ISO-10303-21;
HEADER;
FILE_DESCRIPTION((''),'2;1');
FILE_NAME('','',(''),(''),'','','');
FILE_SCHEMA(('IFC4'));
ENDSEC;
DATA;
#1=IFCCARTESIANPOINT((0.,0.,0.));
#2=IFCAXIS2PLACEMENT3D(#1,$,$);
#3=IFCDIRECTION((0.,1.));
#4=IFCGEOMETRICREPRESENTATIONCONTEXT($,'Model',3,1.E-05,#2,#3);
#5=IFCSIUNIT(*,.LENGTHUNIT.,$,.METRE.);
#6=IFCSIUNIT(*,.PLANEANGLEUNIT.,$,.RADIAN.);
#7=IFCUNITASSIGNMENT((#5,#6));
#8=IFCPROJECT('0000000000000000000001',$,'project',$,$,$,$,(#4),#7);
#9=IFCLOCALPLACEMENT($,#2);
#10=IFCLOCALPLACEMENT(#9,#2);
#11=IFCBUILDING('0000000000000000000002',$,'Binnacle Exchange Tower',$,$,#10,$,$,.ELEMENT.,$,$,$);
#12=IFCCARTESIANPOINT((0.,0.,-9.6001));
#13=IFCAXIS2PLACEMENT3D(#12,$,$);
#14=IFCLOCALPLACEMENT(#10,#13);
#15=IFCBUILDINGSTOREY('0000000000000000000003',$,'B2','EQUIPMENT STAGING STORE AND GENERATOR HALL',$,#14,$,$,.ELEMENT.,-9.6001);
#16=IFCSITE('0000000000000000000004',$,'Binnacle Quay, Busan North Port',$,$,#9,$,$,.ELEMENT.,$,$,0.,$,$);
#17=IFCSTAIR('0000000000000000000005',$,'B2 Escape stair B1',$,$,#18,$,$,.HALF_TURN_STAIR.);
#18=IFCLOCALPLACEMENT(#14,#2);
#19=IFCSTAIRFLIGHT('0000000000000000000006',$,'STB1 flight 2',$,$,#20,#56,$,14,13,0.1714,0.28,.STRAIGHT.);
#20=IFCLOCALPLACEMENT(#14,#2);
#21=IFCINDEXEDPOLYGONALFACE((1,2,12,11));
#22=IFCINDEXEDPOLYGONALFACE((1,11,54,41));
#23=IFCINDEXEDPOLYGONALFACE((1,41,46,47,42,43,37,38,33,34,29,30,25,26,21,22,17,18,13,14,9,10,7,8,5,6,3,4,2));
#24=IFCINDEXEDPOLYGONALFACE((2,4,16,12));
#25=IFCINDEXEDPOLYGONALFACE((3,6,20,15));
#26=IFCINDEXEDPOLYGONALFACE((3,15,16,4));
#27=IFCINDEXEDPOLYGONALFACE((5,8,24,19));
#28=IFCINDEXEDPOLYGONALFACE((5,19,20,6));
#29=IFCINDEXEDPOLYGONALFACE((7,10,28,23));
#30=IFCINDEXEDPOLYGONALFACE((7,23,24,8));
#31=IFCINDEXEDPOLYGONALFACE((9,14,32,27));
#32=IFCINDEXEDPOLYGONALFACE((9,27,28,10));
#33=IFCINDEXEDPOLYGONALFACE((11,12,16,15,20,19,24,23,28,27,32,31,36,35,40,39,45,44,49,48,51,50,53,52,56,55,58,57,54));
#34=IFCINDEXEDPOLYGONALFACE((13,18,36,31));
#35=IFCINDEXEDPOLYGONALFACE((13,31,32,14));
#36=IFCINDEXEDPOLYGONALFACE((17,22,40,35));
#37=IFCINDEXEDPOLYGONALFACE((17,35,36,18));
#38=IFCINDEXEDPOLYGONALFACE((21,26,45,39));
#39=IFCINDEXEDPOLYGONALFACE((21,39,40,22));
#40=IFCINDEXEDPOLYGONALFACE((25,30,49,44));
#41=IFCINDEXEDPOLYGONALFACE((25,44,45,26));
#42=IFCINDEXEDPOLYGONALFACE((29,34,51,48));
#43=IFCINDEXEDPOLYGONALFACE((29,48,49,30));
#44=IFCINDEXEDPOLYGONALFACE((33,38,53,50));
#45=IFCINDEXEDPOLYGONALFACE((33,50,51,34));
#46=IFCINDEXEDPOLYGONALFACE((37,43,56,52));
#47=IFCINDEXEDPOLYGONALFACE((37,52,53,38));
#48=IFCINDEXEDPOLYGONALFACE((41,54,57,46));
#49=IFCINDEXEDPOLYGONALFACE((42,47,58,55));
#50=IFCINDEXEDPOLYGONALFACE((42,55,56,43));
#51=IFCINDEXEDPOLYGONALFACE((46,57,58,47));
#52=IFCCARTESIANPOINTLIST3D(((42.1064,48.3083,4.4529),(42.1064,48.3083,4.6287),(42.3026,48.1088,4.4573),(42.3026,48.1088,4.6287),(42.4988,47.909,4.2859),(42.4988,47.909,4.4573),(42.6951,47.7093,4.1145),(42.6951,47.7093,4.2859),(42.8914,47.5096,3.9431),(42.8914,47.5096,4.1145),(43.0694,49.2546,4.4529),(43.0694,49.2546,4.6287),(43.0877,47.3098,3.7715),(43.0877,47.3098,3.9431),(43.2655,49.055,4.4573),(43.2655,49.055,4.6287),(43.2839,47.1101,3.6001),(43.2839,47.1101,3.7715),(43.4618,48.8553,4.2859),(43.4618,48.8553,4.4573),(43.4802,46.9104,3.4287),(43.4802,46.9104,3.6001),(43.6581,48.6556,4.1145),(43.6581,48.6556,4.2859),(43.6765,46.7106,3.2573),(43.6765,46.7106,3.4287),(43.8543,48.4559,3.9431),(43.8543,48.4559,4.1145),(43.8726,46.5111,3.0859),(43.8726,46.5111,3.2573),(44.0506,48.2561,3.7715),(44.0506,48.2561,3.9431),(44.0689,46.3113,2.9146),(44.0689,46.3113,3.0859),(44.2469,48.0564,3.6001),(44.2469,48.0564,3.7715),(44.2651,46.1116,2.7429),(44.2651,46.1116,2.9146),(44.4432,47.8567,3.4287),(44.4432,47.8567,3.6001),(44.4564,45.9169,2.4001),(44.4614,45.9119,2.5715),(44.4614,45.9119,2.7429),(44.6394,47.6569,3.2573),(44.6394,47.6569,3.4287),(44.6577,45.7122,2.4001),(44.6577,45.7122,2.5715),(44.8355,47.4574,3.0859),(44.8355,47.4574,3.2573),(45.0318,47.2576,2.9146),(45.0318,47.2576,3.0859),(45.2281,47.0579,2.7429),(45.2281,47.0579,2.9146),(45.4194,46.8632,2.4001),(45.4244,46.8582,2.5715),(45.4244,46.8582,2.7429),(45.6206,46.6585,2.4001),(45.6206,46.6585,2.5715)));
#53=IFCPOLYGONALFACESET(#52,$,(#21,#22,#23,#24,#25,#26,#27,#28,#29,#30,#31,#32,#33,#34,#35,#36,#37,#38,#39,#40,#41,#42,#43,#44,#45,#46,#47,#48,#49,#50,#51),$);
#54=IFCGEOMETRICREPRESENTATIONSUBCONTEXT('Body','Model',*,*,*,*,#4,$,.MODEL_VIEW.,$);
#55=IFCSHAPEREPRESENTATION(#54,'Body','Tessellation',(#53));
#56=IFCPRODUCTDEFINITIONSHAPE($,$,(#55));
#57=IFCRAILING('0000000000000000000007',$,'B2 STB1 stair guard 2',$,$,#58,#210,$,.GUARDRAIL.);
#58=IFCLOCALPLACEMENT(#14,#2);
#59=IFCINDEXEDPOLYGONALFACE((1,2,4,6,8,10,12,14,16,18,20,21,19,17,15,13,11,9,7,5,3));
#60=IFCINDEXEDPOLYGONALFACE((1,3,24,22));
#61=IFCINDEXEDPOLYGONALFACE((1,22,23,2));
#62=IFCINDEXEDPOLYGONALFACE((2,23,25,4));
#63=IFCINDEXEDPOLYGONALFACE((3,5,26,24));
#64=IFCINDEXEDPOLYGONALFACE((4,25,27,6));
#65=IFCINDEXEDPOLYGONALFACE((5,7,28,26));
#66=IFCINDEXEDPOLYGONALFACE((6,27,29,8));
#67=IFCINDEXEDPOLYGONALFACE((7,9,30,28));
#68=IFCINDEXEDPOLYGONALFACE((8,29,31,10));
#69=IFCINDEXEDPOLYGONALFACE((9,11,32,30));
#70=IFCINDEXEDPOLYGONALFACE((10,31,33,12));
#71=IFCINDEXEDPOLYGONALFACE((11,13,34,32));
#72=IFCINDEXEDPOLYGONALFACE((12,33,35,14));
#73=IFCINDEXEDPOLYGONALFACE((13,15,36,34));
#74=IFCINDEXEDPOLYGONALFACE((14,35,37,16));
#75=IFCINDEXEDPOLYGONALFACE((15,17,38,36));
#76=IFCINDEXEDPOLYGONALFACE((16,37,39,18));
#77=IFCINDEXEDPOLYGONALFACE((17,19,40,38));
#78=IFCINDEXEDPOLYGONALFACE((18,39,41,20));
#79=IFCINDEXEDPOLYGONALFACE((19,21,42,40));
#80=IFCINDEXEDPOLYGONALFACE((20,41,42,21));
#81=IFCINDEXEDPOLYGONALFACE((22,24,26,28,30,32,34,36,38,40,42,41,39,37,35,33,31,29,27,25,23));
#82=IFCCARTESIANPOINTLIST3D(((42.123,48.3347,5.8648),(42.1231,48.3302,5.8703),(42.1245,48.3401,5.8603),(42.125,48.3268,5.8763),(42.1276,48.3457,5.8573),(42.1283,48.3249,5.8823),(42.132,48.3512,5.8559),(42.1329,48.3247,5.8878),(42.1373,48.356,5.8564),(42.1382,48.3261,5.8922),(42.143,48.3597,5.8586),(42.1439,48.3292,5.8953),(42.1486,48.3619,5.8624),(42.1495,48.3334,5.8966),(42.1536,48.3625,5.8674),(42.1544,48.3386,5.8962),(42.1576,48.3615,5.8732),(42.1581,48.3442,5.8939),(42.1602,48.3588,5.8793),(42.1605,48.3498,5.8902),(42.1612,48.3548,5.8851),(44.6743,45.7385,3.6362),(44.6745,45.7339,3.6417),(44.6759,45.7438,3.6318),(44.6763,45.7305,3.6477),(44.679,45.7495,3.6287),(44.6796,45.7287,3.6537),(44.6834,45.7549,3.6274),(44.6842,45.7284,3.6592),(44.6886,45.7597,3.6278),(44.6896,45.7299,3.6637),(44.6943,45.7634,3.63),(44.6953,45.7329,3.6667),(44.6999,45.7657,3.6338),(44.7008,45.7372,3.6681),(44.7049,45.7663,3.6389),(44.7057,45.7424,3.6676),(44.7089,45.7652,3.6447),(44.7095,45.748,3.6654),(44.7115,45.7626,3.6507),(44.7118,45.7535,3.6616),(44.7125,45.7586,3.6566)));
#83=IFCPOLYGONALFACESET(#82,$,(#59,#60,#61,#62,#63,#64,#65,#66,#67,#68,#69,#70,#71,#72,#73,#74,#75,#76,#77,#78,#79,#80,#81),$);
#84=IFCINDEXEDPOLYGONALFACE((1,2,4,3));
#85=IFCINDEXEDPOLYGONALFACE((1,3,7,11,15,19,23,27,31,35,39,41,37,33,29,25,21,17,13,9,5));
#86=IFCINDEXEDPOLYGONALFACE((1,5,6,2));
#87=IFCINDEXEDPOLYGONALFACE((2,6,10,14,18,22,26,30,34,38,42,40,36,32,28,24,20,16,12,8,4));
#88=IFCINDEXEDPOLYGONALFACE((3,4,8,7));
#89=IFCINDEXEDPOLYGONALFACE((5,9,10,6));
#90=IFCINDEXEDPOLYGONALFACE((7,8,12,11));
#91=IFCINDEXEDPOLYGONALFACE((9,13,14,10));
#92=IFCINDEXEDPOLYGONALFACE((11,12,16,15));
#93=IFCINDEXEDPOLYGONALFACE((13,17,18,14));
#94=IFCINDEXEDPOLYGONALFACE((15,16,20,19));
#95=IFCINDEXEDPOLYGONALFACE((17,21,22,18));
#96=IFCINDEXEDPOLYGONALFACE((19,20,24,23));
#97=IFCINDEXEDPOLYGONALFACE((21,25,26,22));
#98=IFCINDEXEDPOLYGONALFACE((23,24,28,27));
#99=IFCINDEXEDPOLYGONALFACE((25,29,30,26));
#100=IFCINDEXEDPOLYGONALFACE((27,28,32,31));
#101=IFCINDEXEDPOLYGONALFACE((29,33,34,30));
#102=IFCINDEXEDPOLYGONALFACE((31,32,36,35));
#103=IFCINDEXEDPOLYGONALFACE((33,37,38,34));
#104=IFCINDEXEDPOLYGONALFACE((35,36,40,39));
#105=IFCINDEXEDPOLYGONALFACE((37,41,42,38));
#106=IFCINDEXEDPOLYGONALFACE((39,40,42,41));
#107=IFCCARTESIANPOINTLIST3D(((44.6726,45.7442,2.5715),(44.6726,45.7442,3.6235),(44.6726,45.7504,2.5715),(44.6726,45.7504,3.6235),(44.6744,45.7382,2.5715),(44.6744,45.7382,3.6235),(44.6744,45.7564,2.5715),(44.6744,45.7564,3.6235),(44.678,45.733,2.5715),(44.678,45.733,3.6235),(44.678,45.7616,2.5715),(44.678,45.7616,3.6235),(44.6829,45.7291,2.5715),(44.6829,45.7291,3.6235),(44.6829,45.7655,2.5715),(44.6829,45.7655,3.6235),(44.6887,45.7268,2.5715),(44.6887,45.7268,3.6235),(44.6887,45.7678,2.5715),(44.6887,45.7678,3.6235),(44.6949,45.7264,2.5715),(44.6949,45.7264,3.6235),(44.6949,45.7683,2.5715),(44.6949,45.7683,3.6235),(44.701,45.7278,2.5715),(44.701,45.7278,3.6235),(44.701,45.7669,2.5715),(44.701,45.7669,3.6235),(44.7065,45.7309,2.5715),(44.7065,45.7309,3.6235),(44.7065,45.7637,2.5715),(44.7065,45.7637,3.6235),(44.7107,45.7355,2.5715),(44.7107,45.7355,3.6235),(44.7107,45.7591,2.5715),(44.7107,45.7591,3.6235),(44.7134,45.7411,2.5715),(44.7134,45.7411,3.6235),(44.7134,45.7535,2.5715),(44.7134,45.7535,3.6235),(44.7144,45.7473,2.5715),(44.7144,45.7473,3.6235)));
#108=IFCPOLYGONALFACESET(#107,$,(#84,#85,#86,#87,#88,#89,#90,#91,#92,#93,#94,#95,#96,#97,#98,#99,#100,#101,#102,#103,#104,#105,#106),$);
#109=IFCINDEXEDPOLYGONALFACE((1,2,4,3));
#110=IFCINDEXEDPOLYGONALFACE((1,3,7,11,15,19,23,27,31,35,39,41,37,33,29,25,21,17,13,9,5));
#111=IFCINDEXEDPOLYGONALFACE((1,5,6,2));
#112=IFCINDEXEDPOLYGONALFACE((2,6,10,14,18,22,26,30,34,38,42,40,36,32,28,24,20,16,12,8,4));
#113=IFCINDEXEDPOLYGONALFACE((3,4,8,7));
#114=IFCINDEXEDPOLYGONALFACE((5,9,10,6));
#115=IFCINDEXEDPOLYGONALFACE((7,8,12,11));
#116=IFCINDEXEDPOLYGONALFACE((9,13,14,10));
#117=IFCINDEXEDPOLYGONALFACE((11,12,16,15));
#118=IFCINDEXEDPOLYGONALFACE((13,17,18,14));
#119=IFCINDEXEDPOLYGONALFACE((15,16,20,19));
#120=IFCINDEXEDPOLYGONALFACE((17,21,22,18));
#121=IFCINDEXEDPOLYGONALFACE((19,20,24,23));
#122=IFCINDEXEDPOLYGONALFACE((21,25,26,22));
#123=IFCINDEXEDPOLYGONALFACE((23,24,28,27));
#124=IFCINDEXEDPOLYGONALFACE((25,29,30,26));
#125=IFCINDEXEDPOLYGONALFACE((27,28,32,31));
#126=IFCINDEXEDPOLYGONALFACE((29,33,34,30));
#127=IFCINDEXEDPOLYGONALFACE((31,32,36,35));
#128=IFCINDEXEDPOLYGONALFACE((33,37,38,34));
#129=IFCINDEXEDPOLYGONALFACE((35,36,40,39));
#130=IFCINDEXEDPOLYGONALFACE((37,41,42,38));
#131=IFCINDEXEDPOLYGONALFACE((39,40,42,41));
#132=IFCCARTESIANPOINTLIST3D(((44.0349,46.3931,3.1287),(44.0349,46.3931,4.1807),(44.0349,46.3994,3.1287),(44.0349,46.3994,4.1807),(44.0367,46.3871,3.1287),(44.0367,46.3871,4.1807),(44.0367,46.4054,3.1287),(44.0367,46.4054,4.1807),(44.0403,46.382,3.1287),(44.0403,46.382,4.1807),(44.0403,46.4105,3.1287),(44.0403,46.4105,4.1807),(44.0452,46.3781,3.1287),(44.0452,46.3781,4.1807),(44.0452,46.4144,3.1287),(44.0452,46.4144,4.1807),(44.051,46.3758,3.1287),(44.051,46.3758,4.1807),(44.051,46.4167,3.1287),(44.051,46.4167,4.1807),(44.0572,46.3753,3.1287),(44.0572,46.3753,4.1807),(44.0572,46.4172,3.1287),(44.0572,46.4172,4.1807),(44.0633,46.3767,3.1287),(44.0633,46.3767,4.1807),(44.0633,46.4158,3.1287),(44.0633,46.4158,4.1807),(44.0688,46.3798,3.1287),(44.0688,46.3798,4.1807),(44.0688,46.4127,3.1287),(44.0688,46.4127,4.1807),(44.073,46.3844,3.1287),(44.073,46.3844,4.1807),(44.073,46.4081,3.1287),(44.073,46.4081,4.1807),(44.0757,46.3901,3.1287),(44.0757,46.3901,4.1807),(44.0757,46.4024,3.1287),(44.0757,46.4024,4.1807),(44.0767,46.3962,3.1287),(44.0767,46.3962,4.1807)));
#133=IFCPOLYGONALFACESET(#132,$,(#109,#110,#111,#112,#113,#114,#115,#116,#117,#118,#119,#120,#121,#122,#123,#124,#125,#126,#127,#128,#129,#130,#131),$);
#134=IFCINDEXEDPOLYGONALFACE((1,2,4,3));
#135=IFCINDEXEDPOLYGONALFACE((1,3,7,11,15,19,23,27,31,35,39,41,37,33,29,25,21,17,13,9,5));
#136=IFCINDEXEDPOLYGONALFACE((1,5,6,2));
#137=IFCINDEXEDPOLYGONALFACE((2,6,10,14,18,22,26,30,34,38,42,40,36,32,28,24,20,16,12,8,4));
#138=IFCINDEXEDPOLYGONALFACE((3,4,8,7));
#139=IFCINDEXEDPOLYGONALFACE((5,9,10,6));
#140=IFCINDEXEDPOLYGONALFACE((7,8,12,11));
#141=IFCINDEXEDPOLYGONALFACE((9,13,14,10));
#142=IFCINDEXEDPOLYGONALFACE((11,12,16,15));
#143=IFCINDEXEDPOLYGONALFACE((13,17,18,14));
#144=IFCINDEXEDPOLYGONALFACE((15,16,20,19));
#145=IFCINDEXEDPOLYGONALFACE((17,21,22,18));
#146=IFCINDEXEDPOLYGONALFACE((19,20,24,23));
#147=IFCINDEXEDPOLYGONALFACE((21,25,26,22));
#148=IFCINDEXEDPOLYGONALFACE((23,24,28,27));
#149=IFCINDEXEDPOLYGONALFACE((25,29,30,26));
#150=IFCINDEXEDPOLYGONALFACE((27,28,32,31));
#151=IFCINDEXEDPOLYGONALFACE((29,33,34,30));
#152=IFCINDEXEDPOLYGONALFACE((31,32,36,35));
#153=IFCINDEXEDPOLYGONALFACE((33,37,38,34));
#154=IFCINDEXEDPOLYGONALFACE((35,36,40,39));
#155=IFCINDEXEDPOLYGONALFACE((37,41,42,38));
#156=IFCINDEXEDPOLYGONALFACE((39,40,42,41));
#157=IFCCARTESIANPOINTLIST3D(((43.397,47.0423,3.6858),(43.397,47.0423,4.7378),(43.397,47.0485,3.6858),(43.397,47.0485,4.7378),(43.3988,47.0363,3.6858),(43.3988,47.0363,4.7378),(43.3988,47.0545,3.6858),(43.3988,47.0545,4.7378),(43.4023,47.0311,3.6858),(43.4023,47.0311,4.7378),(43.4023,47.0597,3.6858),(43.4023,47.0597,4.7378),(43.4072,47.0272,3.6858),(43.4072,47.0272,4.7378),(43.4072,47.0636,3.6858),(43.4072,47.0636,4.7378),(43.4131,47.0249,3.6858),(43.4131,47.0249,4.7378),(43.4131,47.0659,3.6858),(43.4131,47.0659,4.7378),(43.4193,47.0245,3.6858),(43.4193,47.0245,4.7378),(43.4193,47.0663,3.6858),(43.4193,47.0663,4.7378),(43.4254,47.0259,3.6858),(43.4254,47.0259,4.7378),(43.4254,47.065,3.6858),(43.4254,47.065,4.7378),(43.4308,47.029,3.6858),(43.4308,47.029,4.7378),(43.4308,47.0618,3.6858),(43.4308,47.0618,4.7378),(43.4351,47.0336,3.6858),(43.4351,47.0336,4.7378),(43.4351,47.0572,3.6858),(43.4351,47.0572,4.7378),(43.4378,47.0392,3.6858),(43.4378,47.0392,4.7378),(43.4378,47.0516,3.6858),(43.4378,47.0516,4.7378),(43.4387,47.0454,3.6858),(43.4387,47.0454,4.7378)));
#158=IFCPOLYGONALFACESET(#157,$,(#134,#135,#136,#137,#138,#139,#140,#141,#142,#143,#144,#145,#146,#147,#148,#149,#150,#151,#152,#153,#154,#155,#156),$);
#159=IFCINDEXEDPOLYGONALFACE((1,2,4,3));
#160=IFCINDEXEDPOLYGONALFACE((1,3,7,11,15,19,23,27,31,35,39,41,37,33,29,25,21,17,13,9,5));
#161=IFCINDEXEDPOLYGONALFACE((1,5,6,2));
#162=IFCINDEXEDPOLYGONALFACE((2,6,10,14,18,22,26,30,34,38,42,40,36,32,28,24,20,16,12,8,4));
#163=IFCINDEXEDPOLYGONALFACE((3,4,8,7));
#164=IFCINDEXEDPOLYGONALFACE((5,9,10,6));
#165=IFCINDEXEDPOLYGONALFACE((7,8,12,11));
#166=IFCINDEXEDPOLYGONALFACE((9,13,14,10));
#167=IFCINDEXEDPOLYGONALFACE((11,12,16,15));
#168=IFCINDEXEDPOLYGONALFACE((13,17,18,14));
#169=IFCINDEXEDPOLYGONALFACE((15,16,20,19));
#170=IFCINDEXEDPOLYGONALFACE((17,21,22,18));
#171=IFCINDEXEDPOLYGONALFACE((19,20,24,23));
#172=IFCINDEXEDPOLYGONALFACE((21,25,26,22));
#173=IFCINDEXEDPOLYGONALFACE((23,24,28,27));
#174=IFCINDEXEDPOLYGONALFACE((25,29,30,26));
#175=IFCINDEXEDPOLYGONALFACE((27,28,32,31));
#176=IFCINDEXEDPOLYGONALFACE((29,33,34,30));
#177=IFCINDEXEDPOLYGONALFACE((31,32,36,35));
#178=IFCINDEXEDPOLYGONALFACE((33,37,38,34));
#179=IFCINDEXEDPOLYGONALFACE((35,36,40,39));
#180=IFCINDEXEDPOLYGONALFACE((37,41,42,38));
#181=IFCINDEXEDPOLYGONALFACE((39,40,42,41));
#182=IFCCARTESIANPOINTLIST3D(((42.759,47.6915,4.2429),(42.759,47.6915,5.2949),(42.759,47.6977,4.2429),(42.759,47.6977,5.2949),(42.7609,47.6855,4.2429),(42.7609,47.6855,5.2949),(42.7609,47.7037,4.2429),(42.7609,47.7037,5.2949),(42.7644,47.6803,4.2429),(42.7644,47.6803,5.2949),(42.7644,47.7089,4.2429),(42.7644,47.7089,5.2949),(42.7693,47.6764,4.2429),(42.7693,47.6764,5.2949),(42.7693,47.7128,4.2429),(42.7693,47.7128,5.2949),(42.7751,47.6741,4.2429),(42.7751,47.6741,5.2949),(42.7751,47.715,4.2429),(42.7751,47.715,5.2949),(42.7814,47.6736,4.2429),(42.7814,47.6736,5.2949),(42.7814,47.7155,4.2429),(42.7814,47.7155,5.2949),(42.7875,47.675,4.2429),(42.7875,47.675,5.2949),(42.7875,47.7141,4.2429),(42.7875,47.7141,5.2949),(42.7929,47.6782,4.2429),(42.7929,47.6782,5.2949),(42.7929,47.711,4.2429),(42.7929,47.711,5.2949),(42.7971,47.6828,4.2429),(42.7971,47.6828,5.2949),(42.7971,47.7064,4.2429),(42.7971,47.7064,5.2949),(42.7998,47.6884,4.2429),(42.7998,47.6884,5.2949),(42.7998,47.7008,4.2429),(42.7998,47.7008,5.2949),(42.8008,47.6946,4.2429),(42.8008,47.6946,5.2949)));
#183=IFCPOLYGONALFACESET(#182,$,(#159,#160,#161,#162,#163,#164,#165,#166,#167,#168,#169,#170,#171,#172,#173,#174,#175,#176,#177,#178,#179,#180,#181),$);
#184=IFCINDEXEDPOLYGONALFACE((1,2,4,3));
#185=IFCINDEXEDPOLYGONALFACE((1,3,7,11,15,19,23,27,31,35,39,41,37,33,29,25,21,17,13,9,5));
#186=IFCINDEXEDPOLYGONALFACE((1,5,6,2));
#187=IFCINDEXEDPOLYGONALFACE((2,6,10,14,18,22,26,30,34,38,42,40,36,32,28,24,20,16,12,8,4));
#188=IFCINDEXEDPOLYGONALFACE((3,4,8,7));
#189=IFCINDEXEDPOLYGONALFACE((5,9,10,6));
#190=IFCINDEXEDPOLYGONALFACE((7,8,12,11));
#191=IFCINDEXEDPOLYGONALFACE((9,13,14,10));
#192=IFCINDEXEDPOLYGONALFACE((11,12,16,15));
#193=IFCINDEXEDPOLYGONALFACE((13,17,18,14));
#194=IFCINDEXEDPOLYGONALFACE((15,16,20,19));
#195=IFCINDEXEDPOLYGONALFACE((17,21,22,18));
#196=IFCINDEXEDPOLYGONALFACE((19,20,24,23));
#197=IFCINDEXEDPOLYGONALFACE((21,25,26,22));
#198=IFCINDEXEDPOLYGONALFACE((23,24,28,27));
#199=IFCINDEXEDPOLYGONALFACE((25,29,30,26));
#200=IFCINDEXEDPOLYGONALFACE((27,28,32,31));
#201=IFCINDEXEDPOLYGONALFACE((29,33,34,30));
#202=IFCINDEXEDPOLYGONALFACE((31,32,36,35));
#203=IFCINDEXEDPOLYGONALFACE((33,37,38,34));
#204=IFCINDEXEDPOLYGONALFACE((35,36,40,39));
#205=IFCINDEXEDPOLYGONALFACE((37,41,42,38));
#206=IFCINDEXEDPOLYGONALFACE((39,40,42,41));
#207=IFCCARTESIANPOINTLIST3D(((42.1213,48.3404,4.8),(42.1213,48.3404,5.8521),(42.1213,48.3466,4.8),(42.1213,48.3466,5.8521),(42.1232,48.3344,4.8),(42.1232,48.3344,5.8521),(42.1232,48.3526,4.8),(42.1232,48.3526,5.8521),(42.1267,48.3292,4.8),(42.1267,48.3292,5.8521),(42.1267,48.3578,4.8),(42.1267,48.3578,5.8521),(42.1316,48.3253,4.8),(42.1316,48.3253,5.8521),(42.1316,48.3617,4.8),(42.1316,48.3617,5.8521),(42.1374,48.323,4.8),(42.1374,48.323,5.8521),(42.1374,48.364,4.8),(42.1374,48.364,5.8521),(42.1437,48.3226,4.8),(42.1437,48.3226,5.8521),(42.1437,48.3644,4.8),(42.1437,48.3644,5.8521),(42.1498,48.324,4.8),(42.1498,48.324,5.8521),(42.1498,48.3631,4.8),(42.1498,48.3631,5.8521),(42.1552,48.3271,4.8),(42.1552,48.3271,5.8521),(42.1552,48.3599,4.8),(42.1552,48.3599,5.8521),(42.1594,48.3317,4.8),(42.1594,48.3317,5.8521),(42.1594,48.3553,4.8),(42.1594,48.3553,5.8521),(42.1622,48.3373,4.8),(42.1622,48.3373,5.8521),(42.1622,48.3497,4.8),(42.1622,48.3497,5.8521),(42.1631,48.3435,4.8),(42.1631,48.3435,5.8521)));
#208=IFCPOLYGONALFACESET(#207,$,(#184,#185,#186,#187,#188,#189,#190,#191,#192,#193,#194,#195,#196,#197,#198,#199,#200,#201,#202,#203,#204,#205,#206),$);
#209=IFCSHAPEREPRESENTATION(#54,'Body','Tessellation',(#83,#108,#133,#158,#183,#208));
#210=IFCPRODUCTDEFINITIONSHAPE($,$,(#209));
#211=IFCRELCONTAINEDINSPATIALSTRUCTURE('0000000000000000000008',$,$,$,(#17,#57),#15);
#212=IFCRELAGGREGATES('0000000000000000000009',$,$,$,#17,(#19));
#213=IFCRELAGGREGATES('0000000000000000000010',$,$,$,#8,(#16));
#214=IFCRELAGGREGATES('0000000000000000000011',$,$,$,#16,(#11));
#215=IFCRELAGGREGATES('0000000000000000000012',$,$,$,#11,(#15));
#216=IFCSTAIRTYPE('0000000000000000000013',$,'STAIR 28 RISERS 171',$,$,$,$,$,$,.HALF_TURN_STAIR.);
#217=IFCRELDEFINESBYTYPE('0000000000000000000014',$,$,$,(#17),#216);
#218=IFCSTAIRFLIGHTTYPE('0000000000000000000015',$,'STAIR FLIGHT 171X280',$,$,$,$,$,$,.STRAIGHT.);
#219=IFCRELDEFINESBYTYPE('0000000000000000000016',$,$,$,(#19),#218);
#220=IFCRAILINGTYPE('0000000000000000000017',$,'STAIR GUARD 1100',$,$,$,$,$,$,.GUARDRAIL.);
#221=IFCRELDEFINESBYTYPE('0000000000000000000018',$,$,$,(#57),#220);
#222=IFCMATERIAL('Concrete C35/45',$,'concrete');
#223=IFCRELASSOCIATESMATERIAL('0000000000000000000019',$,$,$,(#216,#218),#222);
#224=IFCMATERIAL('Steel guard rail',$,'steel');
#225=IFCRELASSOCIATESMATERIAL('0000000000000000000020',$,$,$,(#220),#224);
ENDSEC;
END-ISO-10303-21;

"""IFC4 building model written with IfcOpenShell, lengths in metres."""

from ifc_helpers import new_model, si_unit, direction, frame, origin, origin_2d, place, context, subcontext, project, spatial, polyline, circle, outline, extrude, material, type_object, element, aggregate, save


model = new_model("IFC4")

# Units and contexts
model_context = context("Model", 3, precision=1e-05, world=origin(), true_north=direction((0.0, 1.0)))
body_context = subcontext(model_context, "Body", "Model", "MODEL_VIEW")
ifc_project = project(units=[si_unit("LENGTHUNIT", "METRE"), si_unit("PLANEANGLEUNIT", "RADIAN")], contexts=[model_context])

# Site, building, storey
site_placement = place(None, origin())
site = spatial("IfcSite", under=ifc_project, at=site_placement, Name="Binnacle Quay, Busan North Port", CompositionType="ELEMENT", RefElevation=0.0)
building_placement = place(site_placement, origin())
building = spatial("IfcBuilding", under=site, at=building_placement, Name="Binnacle Exchange Tower", CompositionType="ELEMENT")
storey_placement = place(building_placement, frame((0.0, 0.0, -9.6001)))
storey = spatial("IfcBuildingStorey", under=building, at=storey_placement, Name="B2", Description="EQUIPMENT STAGING STORE AND GENERATOR HALL", CompositionType="ELEMENT", Elevation=-9.6001)

# Stair, stair flight
ifc_material_1 = material(Name="Concrete C35/45", Category="concrete")
stair_type = type_object("IfcStairType", Name="STAIR 28 RISERS 171", PredefinedType="HALF_TURN_STAIR", material=ifc_material_1)
stair_placement = place(storey_placement, origin())
stair = element("IfcStair", 1, at=stair_placement, inside=storey, type_object=stair_type, Name="B2 Escape stair B1", PredefinedType="HALF_TURN_STAIR")
stair_flight_type = type_object("IfcStairFlightType", Name="STAIR FLIGHT 171X280", PredefinedType="STRAIGHT", material=ifc_material_1)
stair_flight_1_placement = place(storey_placement, frame((45.1392, 46.1853, 2.4001), z_axis=(0.0, 0.0, 1.0), x_axis=(-0.700909, 0.71325, 0.0)))
stair_flight_1 = element("IfcStairFlight", 2, at=stair_flight_1_placement, type_object=stair_flight_type, Name="STB1 flight 2", NumberOfRisers=14, NumberOfTreads=13, PredefinedType="STRAIGHT", RiserHeight=0.1714, TreadLength=0.28, context=body_context, shape_type="SweptSolid", body=[
    extrude(outline(polyline([(0.0, 0.0), (0.0, 0.1714), (0.28, 0.1714), (0.28, 0.3428), (0.5601, 0.3428), (0.5601, 0.5144), (0.8401, 0.5144), (0.8401, 0.6858), (1.1201, 0.6858), (1.1201, 0.8572), (1.3999, 0.8572), (1.3999, 1.0286), (1.6799, 1.0286), (1.6799, 1.2), (1.96, 1.2), (1.96, 1.3713), (2.24, 1.3713), (2.24, 1.543), (2.52, 1.543), (2.52, 1.7144), (2.8, 1.7144), (2.8, 1.8857), (3.0801, 1.8857), (3.0801, 2.0571), (3.3601, 2.0571), (3.3601, 2.2285), (3.6399, 2.2285), (3.6399, 2.3999), (3.6399, 2.0527), (0.2871, 0.0), (0.0, 0.0)])), frame((0.0, 0.675, 0.0), z_axis=(0.0, -1.0, 0.0), x_axis=(1.0, 0.0, 0.0)), (0.0, 0.0, 1.0), 1.3501),
])
aggregate(stair, [stair_flight_1])

# Railing
ifc_material_2 = material(Name="Steel guard rail", Category="steel")
railing_type_1 = type_object("IfcRailingType", Name="STAIR GUARD 1100", PredefinedType="GUARDRAIL", material=ifc_material_2)
railing_1_placement = place(storey_placement, frame((44.6934, 45.7473, 2.5715)))
element("IfcRailing", 3, at=railing_1_placement, inside=storey, type_object=railing_type_1, Name="B2 STB1 stair guard 2", PredefinedType="GUARDRAIL", context=body_context, shape_type="SweptSolid", body=[
    extrude(circle(Radius=0.0239, at=origin_2d()), frame((0.0, 0.0, 1.0762), z_axis=(-0.597773, 0.608298, 0.52215), x_axis=(-0.713251, -0.700909, 0.0)), (0.0, 0.0, 1.0), 4.2681),
    extrude(circle(Radius=0.021, at=origin_2d()), origin(), (0.0, 0.0, 1.0), 1.052),
    extrude(circle(Radius=0.021, at=origin_2d()), frame((-0.6377, 0.6489, 0.5571)), (0.0, 0.0, 1.0), 1.052),
    extrude(circle(Radius=0.021, at=origin_2d()), frame((-1.2756, 1.2981, 1.1143)), (0.0, 0.0, 1.0), 1.052),
    extrude(circle(Radius=0.021, at=origin_2d()), frame((-1.9136, 1.9473, 1.6714)), (0.0, 0.0, 1.0), 1.052),
    extrude(circle(Radius=0.021, at=origin_2d()), frame((-2.5513, 2.5962, 2.2285)), (0.0, 0.0, 1.0), 1.052),
])

save(model, "model.ifc")
